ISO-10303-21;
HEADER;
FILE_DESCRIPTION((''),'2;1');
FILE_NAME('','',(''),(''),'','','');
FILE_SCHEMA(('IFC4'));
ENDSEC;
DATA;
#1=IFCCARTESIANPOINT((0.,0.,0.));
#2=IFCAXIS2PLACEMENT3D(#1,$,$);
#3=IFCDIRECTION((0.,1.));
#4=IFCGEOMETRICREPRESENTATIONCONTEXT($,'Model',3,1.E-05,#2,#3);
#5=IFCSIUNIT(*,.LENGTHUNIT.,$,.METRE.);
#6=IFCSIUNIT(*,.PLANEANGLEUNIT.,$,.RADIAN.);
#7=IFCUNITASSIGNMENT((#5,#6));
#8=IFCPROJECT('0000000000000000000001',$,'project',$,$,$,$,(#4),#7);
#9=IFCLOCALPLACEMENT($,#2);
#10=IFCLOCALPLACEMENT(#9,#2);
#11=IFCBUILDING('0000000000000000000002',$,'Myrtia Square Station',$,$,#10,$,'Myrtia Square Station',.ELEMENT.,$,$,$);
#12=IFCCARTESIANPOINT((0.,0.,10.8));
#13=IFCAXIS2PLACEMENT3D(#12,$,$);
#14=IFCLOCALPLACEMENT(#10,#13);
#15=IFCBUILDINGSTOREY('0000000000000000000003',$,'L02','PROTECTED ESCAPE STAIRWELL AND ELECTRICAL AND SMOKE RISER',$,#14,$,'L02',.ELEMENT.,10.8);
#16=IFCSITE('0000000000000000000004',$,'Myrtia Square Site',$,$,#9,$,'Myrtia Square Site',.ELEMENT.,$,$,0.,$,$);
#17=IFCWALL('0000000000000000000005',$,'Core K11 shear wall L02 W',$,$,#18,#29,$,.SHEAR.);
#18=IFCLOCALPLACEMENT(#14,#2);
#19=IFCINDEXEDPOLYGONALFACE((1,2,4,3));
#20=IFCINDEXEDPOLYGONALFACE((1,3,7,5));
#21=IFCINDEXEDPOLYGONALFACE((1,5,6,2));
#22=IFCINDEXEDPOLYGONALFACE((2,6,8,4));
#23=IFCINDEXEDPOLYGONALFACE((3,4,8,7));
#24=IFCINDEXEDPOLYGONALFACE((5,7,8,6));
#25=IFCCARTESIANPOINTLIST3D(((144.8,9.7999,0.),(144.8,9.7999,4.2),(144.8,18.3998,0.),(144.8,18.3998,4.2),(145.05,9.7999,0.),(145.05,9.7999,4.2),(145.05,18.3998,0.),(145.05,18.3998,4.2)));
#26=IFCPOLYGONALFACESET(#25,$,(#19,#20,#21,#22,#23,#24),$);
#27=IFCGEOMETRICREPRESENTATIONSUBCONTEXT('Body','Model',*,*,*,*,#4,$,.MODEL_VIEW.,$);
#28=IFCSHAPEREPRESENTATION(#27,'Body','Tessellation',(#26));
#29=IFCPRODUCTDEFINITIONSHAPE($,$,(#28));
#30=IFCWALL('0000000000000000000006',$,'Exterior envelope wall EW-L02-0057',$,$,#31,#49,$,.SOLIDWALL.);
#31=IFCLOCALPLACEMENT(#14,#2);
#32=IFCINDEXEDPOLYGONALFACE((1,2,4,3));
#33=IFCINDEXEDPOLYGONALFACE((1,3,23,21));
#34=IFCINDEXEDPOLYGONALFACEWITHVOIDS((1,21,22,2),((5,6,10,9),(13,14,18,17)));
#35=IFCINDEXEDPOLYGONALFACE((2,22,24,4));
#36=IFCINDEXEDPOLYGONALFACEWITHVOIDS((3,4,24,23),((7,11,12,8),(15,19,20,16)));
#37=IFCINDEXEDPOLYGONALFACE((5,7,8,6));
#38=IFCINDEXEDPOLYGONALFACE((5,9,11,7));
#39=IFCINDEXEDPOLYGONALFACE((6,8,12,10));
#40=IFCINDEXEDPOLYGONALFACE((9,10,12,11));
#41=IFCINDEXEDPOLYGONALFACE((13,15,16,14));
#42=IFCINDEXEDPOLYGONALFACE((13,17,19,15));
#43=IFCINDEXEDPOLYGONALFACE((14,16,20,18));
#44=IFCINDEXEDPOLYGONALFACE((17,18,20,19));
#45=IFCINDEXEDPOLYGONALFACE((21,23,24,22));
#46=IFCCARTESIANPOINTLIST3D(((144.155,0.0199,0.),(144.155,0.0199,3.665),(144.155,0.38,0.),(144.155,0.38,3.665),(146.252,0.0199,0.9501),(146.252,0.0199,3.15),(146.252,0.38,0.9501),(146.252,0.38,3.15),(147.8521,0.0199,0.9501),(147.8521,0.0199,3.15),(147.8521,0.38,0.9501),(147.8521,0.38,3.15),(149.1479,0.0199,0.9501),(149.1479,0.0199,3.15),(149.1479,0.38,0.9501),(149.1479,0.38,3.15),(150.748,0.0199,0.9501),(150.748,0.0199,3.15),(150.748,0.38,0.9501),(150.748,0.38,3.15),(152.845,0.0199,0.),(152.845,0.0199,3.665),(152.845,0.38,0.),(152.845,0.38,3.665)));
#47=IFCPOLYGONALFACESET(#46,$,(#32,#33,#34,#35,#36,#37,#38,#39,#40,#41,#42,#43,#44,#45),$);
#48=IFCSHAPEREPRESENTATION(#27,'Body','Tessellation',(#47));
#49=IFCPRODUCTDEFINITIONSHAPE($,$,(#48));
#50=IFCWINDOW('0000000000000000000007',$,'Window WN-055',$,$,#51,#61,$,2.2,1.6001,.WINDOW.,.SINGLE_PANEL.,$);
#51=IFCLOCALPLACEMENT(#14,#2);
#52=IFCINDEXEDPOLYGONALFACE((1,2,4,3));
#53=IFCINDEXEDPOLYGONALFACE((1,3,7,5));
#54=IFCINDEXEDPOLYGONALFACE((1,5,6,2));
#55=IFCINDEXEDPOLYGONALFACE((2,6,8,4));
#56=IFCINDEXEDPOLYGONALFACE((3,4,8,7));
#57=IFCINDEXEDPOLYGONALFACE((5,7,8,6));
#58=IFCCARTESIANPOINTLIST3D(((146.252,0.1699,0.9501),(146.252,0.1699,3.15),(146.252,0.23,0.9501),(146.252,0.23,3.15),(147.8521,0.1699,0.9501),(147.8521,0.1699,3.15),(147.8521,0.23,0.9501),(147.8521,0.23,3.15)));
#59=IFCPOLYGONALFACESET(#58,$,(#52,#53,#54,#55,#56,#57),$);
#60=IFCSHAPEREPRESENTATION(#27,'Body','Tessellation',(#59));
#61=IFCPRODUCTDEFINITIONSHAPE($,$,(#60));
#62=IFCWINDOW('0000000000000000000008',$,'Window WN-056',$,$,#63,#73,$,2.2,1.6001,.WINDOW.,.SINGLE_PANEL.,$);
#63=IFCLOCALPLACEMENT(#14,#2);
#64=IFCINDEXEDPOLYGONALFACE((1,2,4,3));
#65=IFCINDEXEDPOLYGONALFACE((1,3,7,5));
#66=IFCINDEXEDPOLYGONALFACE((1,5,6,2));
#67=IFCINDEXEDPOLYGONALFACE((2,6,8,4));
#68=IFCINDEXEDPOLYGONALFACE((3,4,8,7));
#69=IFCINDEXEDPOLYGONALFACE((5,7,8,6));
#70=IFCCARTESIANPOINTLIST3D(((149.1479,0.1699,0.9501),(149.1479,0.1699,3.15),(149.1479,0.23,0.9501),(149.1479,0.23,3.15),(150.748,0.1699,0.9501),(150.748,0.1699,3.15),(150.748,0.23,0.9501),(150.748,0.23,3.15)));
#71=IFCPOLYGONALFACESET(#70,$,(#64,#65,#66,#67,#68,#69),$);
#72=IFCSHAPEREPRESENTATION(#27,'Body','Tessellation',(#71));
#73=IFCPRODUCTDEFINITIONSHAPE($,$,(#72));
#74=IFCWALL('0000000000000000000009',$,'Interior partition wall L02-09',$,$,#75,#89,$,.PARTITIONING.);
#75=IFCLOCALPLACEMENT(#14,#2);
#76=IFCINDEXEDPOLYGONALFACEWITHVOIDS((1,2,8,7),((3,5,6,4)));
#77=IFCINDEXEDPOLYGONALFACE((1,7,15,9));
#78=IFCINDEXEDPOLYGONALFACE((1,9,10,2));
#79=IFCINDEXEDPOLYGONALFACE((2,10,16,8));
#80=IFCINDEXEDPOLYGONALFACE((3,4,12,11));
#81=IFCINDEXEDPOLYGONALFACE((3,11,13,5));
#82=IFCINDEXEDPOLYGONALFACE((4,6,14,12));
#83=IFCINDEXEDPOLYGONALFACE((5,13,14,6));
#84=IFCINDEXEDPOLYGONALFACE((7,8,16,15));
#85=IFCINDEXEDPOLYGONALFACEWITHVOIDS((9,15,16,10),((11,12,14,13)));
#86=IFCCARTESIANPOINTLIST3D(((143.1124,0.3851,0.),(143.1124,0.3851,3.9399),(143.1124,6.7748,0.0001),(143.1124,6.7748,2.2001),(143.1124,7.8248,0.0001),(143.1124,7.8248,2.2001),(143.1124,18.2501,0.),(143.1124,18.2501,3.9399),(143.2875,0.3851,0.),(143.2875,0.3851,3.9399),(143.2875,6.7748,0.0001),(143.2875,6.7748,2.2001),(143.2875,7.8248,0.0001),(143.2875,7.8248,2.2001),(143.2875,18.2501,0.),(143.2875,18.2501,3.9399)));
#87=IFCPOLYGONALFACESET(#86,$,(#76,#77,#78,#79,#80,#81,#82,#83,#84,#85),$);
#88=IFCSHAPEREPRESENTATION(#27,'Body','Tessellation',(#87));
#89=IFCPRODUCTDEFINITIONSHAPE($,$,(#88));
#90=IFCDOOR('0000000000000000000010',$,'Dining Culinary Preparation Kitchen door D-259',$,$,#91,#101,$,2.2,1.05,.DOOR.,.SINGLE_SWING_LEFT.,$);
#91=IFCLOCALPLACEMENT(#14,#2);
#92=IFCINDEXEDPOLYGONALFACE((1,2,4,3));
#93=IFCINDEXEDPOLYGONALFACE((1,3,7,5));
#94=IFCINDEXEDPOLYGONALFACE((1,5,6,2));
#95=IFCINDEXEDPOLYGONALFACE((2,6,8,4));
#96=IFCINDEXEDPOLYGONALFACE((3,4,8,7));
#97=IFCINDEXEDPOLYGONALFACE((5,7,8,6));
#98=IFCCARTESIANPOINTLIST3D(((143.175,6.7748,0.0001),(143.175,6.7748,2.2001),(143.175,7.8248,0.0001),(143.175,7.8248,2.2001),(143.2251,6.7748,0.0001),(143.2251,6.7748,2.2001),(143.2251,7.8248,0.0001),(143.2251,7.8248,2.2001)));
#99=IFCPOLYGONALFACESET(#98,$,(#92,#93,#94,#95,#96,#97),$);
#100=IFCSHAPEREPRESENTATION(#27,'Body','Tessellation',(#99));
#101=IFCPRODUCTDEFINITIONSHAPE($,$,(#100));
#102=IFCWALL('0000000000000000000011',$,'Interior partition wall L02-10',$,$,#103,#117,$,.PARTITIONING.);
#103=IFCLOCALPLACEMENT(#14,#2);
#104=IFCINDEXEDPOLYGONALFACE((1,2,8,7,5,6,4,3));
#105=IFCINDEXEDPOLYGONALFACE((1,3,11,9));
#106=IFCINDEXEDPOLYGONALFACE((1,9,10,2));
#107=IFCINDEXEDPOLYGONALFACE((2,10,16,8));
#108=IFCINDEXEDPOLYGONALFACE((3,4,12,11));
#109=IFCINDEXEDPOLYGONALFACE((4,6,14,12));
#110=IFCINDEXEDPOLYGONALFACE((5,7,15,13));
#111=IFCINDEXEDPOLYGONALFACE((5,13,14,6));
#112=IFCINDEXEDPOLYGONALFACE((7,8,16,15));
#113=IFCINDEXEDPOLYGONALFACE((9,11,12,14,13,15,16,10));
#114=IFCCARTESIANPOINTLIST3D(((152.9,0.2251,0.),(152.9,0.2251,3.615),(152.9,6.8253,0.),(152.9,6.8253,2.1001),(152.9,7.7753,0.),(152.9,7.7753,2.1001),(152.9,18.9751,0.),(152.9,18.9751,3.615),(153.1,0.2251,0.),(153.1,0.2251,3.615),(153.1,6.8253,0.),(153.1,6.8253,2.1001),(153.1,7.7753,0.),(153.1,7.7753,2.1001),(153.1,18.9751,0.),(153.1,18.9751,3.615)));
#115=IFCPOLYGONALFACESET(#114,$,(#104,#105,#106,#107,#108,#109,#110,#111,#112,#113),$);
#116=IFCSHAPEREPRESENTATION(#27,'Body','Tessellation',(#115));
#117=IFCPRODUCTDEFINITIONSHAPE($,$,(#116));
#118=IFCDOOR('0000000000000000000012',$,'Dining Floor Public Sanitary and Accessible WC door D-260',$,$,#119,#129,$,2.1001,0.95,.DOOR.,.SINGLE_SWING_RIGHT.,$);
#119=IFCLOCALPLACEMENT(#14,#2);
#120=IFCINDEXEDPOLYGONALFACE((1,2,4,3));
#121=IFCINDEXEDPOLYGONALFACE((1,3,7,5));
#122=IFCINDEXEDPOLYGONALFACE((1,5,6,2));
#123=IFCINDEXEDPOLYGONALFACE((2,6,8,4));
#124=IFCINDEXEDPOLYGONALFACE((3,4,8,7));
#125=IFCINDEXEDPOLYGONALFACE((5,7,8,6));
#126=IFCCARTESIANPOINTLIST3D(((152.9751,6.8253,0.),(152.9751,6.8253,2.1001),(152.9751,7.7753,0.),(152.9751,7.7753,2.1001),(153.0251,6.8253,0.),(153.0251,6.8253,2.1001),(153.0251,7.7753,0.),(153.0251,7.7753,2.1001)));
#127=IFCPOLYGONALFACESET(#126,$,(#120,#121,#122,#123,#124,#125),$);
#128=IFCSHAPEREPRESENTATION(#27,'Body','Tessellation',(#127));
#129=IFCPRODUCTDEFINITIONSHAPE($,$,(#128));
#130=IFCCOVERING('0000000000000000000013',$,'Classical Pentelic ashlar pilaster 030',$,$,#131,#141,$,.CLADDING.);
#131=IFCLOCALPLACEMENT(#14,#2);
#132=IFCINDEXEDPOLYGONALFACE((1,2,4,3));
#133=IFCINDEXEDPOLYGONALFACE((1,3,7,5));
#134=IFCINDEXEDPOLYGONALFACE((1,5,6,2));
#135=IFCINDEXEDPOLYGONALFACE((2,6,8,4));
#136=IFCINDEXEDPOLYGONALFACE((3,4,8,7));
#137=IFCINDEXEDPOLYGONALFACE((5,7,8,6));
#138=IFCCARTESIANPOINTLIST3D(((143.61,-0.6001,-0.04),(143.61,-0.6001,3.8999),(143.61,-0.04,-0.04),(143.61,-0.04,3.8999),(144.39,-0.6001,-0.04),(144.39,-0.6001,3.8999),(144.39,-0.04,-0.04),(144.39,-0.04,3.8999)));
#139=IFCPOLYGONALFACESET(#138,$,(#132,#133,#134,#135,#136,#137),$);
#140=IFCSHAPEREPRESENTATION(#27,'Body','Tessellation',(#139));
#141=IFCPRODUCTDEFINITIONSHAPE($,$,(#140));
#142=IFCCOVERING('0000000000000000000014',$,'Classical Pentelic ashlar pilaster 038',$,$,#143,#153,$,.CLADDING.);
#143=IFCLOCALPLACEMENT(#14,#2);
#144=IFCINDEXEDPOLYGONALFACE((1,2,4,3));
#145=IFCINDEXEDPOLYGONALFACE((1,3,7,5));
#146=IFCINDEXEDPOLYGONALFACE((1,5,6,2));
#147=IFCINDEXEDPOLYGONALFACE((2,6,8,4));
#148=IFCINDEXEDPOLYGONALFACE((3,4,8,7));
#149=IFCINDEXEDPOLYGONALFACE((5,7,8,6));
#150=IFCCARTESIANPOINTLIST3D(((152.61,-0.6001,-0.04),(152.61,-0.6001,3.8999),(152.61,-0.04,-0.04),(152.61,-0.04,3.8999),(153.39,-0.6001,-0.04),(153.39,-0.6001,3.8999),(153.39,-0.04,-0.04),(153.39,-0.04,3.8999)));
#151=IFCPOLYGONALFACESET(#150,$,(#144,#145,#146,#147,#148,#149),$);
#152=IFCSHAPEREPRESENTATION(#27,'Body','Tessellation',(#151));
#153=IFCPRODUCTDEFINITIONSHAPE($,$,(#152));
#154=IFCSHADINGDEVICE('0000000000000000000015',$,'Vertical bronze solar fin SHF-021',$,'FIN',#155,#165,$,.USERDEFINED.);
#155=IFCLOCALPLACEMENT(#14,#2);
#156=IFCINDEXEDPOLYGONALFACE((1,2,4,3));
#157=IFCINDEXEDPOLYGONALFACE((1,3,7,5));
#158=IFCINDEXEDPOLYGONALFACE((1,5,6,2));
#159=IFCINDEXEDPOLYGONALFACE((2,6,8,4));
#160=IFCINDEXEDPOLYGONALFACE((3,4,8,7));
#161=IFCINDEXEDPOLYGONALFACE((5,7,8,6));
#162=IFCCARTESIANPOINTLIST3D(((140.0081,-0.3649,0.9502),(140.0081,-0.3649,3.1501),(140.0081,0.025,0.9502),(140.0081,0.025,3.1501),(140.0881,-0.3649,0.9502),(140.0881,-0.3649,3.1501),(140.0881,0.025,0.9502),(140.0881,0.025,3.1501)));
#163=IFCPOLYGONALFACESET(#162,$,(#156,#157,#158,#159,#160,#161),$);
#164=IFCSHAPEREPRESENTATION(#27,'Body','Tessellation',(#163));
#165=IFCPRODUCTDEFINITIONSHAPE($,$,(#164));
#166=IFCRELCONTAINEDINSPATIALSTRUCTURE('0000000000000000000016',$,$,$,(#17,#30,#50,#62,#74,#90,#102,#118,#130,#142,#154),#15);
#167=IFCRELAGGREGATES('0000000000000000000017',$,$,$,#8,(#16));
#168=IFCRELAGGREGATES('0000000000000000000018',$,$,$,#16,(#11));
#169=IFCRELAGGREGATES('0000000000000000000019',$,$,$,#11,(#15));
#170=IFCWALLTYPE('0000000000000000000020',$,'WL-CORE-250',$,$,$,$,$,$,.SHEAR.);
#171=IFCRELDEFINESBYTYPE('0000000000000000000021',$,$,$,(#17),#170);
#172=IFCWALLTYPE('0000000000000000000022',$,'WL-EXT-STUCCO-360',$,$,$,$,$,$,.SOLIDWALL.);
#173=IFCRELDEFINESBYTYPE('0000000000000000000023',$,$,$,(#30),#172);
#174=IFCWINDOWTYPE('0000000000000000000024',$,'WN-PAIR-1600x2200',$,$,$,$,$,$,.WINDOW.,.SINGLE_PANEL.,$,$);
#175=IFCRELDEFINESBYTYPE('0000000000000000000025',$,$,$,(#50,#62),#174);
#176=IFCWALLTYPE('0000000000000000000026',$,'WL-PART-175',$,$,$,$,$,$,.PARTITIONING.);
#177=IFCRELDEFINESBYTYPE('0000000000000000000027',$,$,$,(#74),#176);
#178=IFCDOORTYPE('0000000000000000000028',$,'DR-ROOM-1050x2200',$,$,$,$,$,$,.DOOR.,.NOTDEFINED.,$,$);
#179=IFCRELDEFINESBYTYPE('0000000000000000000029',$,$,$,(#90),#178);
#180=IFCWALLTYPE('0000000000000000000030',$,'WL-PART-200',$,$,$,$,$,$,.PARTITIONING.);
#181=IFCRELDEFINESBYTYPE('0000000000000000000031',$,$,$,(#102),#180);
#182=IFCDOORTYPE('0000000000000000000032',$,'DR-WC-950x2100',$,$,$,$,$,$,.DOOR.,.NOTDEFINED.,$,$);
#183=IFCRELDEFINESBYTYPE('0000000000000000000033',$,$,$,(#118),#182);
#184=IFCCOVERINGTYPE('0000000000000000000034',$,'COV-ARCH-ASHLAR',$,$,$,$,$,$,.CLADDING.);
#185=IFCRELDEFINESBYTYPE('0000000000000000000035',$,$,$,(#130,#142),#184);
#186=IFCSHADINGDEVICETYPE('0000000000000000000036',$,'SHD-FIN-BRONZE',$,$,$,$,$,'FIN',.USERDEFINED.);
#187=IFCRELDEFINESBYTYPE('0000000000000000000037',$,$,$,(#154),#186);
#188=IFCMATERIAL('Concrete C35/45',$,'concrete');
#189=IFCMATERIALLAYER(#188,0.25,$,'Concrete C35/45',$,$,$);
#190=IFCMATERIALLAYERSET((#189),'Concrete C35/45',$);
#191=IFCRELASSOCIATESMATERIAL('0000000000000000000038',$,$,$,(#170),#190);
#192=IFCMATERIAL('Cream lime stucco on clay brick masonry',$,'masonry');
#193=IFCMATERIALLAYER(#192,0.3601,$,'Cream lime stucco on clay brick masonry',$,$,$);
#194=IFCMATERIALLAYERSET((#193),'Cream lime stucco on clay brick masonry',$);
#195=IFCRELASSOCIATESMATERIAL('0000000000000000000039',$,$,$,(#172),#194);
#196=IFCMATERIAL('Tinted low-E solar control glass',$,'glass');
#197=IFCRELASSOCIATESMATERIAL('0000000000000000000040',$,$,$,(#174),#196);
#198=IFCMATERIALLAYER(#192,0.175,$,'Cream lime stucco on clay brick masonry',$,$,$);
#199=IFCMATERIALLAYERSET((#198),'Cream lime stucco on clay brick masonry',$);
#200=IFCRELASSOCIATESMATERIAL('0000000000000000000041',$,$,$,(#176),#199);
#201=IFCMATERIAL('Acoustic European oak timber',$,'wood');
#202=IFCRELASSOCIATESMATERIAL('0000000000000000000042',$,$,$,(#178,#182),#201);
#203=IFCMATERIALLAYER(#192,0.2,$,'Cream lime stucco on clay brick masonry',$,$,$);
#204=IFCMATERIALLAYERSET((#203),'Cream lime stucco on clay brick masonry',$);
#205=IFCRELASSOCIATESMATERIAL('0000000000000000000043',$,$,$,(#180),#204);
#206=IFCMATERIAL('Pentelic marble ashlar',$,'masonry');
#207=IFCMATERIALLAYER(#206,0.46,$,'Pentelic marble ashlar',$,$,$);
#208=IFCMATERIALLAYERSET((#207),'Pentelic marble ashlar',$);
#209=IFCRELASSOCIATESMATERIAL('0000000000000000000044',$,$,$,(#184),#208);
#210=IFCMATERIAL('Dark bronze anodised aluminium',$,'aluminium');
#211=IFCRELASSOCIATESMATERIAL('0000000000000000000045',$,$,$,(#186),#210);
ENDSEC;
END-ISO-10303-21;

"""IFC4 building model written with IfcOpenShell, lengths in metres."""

from ifc_helpers import new_model, si_unit, direction, frame, frame_2d, origin, origin_2d, place, context, subcontext, project, spatial, rectangle, extrude, material, layer, layer_set, type_object, element, fill, save


model = new_model("IFC4")

# Units and contexts
model_context = context("Model", 3, precision=1e-05, world=origin(), true_north=direction((0.0, 1.0)))
body_context = subcontext(model_context, "Body", "Model", "MODEL_VIEW")
ifc_project = project(units=[si_unit("LENGTHUNIT", "METRE"), si_unit("PLANEANGLEUNIT", "RADIAN")], contexts=[model_context])

# Site, building, storey
site_placement = place(None, origin())
site = spatial("IfcSite", under=ifc_project, at=site_placement, Name="Myrtia Square Site", LongName="Myrtia Square Site", CompositionType="ELEMENT", RefElevation=0.0)
building_placement = place(site_placement, origin())
building = spatial("IfcBuilding", under=site, at=building_placement, Name="Myrtia Square Station", LongName="Myrtia Square Station", CompositionType="ELEMENT")
storey_placement = place(building_placement, frame((0.0, 0.0, 10.8)))
storey = spatial("IfcBuildingStorey", under=building, at=storey_placement, Name="L02", Description="PROTECTED ESCAPE STAIRWELL AND ELECTRICAL AND SMOKE RISER", LongName="L02", CompositionType="ELEMENT", Elevation=10.8)

# Shared definitions
ifc_material_1 = material(Name="Concrete C35/45", Category="concrete")
ifc_layer_1 = layer(ifc_material_1, 0.25, Name="Concrete C35/45")
ifc_layer_set_1 = layer_set([ifc_layer_1], Name="Concrete C35/45")
wall_type_1 = type_object("IfcWallType", Name="WL-CORE-250", PredefinedType="SHEAR", material=ifc_layer_set_1)
ifc_material_2 = material(Name="Dark bronze anodised aluminium", Category="aluminium")

# Wall
wall_1_placement = place(storey_placement, frame((144.925, 9.8, 0.0), z_axis=(0.0, 0.0, 1.0), x_axis=(0.0, 1.0, 0.0)))
element("IfcWall", 1, at=wall_1_placement, inside=storey, type_object=wall_type_1, Name="Core K11 shear wall L02 W", PredefinedType="SHEAR", context=body_context, shape_type="SweptSolid", body=[
    extrude(rectangle(XDim=8.5999, YDim=0.25, at=frame_2d((4.2998, 0.0))), origin(), (0.0, 0.0, 1.0), 4.2),
])

# Wall, openings, windows
ifc_material_3 = material(Name="Cream lime stucco on clay brick masonry", Category="masonry")
ifc_layer_2 = layer(ifc_material_3, 0.3601, Name="Cream lime stucco on clay brick masonry")
ifc_layer_set_2 = layer_set([ifc_layer_2], Name="Cream lime stucco on clay brick masonry")
wall_type_2 = type_object("IfcWallType", Name="WL-EXT-STUCCO-360", PredefinedType="SOLIDWALL", material=ifc_layer_set_2)
wall_2_placement = place(storey_placement, frame((144.155, 0.2, 0.0), z_axis=(0.0, 0.0, 1.0), x_axis=(1.0, 0.0, 0.0)))
wall_2 = element("IfcWall", 2, at=wall_2_placement, inside=storey, type_object=wall_type_2, Name="Exterior envelope wall EW-L02-0057", PredefinedType="SOLIDWALL", context=body_context, shape_type="SweptSolid", body=[
    extrude(rectangle(XDim=8.6899, YDim=0.3601, at=frame_2d((4.345, 0.0))), origin(), (0.0, 0.0, 1.0), 3.665),
])
opening_1_placement = place(wall_2_placement, frame((2.0969, 0.0, 0.95)))
opening_1 = element("IfcOpeningElement", 3, at=opening_1_placement, cuts=wall_2, PredefinedType="OPENING", context=body_context, shape_type="SweptSolid", body=[
    extrude(rectangle(XDim=1.6001, YDim=2.2, at=frame_2d((0.8, 1.1001))), frame((0.0, 0.1951, 0.0), z_axis=(0.0, -1.0, 0.0), x_axis=(1.0, 0.0, 0.0)), (0.0, 0.0, 1.0), 0.3901),
])
opening_2_placement = place(wall_2_placement, frame((4.9929, 0.0, 0.95)))
opening_2 = element("IfcOpeningElement", 4, at=opening_2_placement, cuts=wall_2, PredefinedType="OPENING", context=body_context, shape_type="SweptSolid", body=[
    extrude(rectangle(XDim=1.6001, YDim=2.2, at=frame_2d((0.8, 1.1001))), frame((0.0, 0.1951, 0.0), z_axis=(0.0, -1.0, 0.0), x_axis=(1.0, 0.0, 0.0)), (0.0, 0.0, 1.0), 0.3901),
])
ifc_material_4 = material(Name="Tinted low-E solar control glass", Category="glass")
window_type = type_object("IfcWindowType", Name="WN-PAIR-1600x2200", PartitioningType="SINGLE_PANEL", PredefinedType="WINDOW", material=ifc_material_4)
window_1_placement = place(opening_1_placement, origin())
window_1 = element("IfcWindow", 5, at=window_1_placement, inside=storey, type_object=window_type, Name="Window WN-055", OverallHeight=2.2, OverallWidth=1.6001, PartitioningType="SINGLE_PANEL", PredefinedType="WINDOW", context=body_context, shape_type="SweptSolid", body=[
    extrude(rectangle(XDim=1.6001, YDim=2.2, at=frame_2d((0.8, 1.1001))), frame((0.0, 0.03, 0.0), z_axis=(0.0, -1.0, 0.0), x_axis=(1.0, 0.0, 0.0)), (0.0, 0.0, 1.0), 0.0601),
])
fill(opening_1, window_1)
window_2_placement = place(opening_2_placement, origin())
window_2 = element("IfcWindow", 6, at=window_2_placement, inside=storey, type_object=window_type, Name="Window WN-056", OverallHeight=2.2, OverallWidth=1.6001, PartitioningType="SINGLE_PANEL", PredefinedType="WINDOW", context=body_context, shape_type="SweptSolid", body=[
    extrude(rectangle(XDim=1.6001, YDim=2.2, at=frame_2d((0.8, 1.1001))), frame((0.0, 0.03, 0.0), z_axis=(0.0, -1.0, 0.0), x_axis=(1.0, 0.0, 0.0)), (0.0, 0.0, 1.0), 0.0601),
])
fill(opening_2, window_2)

# Walls, openings, doors
ifc_layer_3 = layer(ifc_material_3, 0.175, Name="Cream lime stucco on clay brick masonry")
ifc_layer_set_3 = layer_set([ifc_layer_3], Name="Cream lime stucco on clay brick masonry")
wall_type_3 = type_object("IfcWallType", Name="WL-PART-175", PredefinedType="PARTITIONING", material=ifc_layer_set_3)
wall_3_placement = place(storey_placement, frame((143.2, 0.385, 0.0), z_axis=(0.0, 0.0, 1.0), x_axis=(0.0, 1.0, 0.0)))
wall_3 = element("IfcWall", 7, at=wall_3_placement, inside=storey, type_object=wall_type_3, Name="Interior partition wall L02-09", PredefinedType="PARTITIONING", context=body_context, shape_type="SweptSolid", body=[
    extrude(rectangle(XDim=17.865, YDim=0.175, at=frame_2d((8.9326, 0.0))), origin(), (0.0, 0.0, 1.0), 3.9399),
])
opening_3_placement = place(wall_3_placement, frame((6.3899, 0.0, 0.0)))
opening_3 = element("IfcOpeningElement", 8, at=opening_3_placement, cuts=wall_3, PredefinedType="OPENING", context=body_context, shape_type="SweptSolid", body=[
    extrude(rectangle(XDim=1.05, YDim=2.2, at=frame_2d((0.5249, 1.1001))), frame((0.0, 0.1025, 0.0), z_axis=(0.0, -1.0, 0.0), x_axis=(1.0, 0.0, 0.0)), (0.0, 0.0, 1.0), 0.2051),
])
ifc_material_5 = material(Name="Acoustic European oak timber", Category="wood")
door_type_1 = type_object("IfcDoorType", Name="DR-ROOM-1050x2200", OperationType="NOTDEFINED", PredefinedType="DOOR", material=ifc_material_5)
door_1_placement = place(opening_3_placement, origin())
door_1 = element("IfcDoor", 9, at=door_1_placement, inside=storey, type_object=door_type_1, Name="Dining Culinary Preparation Kitchen door D-259", OperationType="SINGLE_SWING_LEFT", OverallHeight=2.2, OverallWidth=1.05, PredefinedType="DOOR", context=body_context, shape_type="SweptSolid", body=[
    extrude(rectangle(XDim=1.05, YDim=2.2, at=frame_2d((0.5249, 1.1001))), frame((0.0, 0.0249, 0.0), z_axis=(0.0, -1.0, 0.0), x_axis=(1.0, 0.0, 0.0)), (0.0, 0.0, 1.0), 0.05),
])
fill(opening_3, door_1)
ifc_layer_4 = layer(ifc_material_3, 0.2, Name="Cream lime stucco on clay brick masonry")
ifc_layer_set_4 = layer_set([ifc_layer_4], Name="Cream lime stucco on clay brick masonry")
wall_type_4 = type_object("IfcWallType", Name="WL-PART-200", PredefinedType="PARTITIONING", material=ifc_layer_set_4)
wall_4_placement = place(storey_placement, frame((153.0, 0.2251, 0.0), z_axis=(0.0, 0.0, 1.0), x_axis=(0.0, 1.0, 0.0)))
wall_4 = element("IfcWall", 10, at=wall_4_placement, inside=storey, type_object=wall_type_4, Name="Interior partition wall L02-10", PredefinedType="PARTITIONING", context=body_context, shape_type="SweptSolid", body=[
    extrude(rectangle(XDim=18.75, YDim=0.2, at=frame_2d((9.375, 0.0))), origin(), (0.0, 0.0, 1.0), 3.615),
])
opening_4_placement = place(wall_4_placement, frame((6.6001, 0.0, 0.0)))
opening_4 = element("IfcOpeningElement", 11, at=opening_4_placement, cuts=wall_4, PredefinedType="OPENING", context=body_context, shape_type="SweptSolid", body=[
    extrude(rectangle(XDim=0.95, YDim=2.1001, at=frame_2d((0.4751, 1.05))), frame((0.0, 0.115, 0.0), z_axis=(0.0, -1.0, 0.0), x_axis=(1.0, 0.0, 0.0)), (0.0, 0.0, 1.0), 0.23),
])
door_type_2 = type_object("IfcDoorType", Name="DR-WC-950x2100", OperationType="NOTDEFINED", PredefinedType="DOOR", material=ifc_material_5)
door_2_placement = place(opening_4_placement, origin())
door_2 = element("IfcDoor", 12, at=door_2_placement, inside=storey, type_object=door_type_2, Name="Dining Floor Public Sanitary and Accessible WC door D-260", OperationType="SINGLE_SWING_RIGHT", OverallHeight=2.1001, OverallWidth=0.95, PredefinedType="DOOR", context=body_context, shape_type="SweptSolid", body=[
    extrude(rectangle(XDim=0.95, YDim=2.1001, at=frame_2d((0.4751, 1.05))), frame((0.0, 0.0249, 0.0), z_axis=(0.0, -1.0, 0.0), x_axis=(1.0, 0.0, 0.0)), (0.0, 0.0, 1.0), 0.05),
])
fill(opening_4, door_2)

# Coverings
ifc_material_6 = material(Name="Pentelic marble ashlar", Category="masonry")
ifc_layer_5 = layer(ifc_material_6, 0.46, Name="Pentelic marble ashlar")
ifc_layer_set_5 = layer_set([ifc_layer_5], Name="Pentelic marble ashlar")
covering_type = type_object("IfcCoveringType", Name="COV-ARCH-ASHLAR", PredefinedType="CLADDING", material=ifc_layer_set_5)
for number, where, z_axis, x_axis, name in (
    (13, (144.0, -0.3201, -0.04), (0.0, 0.0, 1.0), (1.0, 0.0, 0.0), "Classical Pentelic ashlar pilaster 030"),
    (14, (153.0, -0.3201, -0.04), (0.0, 0.0, 1.0), (1.0, 0.0, 0.0), "Classical Pentelic ashlar pilaster 038"),
):
    element("IfcCovering", number, at=place(storey_placement, frame(where, z_axis=z_axis, x_axis=x_axis)), inside=storey, type_object=covering_type, Name=name, PredefinedType="CLADDING", context=body_context, shape_type="SweptSolid", body=[
        extrude(rectangle(XDim=0.78, YDim=0.5601, at=origin_2d()), origin(), (0.0, 0.0, 1.0), 3.9399),
    ])

# Shading device
shading_device_type_1 = type_object("IfcShadingDeviceType", Name="SHD-FIN-BRONZE", ElementType="FIN", PredefinedType="USERDEFINED", material=ifc_material_2)
for number, where, z_axis, x_axis, name in (
    (15, (140.0481, -0.1699, 0.9502), (0.0, 0.0, 1.0), (1.0, 0.0, 0.0), "Vertical bronze solar fin SHF-021"),
):
    element("IfcShadingDevice", number, at=place(storey_placement, frame(where, z_axis=z_axis, x_axis=x_axis)), inside=storey, type_object=shading_device_type_1, Name=name, ObjectType="FIN", PredefinedType="USERDEFINED", context=body_context, shape_type="SweptSolid", body=[
        extrude(rectangle(XDim=0.0801, YDim=0.3899, at=origin_2d()), origin(), (0.0, 0.0, 1.0), 2.2),
    ])

save(model, "model.ifc")
